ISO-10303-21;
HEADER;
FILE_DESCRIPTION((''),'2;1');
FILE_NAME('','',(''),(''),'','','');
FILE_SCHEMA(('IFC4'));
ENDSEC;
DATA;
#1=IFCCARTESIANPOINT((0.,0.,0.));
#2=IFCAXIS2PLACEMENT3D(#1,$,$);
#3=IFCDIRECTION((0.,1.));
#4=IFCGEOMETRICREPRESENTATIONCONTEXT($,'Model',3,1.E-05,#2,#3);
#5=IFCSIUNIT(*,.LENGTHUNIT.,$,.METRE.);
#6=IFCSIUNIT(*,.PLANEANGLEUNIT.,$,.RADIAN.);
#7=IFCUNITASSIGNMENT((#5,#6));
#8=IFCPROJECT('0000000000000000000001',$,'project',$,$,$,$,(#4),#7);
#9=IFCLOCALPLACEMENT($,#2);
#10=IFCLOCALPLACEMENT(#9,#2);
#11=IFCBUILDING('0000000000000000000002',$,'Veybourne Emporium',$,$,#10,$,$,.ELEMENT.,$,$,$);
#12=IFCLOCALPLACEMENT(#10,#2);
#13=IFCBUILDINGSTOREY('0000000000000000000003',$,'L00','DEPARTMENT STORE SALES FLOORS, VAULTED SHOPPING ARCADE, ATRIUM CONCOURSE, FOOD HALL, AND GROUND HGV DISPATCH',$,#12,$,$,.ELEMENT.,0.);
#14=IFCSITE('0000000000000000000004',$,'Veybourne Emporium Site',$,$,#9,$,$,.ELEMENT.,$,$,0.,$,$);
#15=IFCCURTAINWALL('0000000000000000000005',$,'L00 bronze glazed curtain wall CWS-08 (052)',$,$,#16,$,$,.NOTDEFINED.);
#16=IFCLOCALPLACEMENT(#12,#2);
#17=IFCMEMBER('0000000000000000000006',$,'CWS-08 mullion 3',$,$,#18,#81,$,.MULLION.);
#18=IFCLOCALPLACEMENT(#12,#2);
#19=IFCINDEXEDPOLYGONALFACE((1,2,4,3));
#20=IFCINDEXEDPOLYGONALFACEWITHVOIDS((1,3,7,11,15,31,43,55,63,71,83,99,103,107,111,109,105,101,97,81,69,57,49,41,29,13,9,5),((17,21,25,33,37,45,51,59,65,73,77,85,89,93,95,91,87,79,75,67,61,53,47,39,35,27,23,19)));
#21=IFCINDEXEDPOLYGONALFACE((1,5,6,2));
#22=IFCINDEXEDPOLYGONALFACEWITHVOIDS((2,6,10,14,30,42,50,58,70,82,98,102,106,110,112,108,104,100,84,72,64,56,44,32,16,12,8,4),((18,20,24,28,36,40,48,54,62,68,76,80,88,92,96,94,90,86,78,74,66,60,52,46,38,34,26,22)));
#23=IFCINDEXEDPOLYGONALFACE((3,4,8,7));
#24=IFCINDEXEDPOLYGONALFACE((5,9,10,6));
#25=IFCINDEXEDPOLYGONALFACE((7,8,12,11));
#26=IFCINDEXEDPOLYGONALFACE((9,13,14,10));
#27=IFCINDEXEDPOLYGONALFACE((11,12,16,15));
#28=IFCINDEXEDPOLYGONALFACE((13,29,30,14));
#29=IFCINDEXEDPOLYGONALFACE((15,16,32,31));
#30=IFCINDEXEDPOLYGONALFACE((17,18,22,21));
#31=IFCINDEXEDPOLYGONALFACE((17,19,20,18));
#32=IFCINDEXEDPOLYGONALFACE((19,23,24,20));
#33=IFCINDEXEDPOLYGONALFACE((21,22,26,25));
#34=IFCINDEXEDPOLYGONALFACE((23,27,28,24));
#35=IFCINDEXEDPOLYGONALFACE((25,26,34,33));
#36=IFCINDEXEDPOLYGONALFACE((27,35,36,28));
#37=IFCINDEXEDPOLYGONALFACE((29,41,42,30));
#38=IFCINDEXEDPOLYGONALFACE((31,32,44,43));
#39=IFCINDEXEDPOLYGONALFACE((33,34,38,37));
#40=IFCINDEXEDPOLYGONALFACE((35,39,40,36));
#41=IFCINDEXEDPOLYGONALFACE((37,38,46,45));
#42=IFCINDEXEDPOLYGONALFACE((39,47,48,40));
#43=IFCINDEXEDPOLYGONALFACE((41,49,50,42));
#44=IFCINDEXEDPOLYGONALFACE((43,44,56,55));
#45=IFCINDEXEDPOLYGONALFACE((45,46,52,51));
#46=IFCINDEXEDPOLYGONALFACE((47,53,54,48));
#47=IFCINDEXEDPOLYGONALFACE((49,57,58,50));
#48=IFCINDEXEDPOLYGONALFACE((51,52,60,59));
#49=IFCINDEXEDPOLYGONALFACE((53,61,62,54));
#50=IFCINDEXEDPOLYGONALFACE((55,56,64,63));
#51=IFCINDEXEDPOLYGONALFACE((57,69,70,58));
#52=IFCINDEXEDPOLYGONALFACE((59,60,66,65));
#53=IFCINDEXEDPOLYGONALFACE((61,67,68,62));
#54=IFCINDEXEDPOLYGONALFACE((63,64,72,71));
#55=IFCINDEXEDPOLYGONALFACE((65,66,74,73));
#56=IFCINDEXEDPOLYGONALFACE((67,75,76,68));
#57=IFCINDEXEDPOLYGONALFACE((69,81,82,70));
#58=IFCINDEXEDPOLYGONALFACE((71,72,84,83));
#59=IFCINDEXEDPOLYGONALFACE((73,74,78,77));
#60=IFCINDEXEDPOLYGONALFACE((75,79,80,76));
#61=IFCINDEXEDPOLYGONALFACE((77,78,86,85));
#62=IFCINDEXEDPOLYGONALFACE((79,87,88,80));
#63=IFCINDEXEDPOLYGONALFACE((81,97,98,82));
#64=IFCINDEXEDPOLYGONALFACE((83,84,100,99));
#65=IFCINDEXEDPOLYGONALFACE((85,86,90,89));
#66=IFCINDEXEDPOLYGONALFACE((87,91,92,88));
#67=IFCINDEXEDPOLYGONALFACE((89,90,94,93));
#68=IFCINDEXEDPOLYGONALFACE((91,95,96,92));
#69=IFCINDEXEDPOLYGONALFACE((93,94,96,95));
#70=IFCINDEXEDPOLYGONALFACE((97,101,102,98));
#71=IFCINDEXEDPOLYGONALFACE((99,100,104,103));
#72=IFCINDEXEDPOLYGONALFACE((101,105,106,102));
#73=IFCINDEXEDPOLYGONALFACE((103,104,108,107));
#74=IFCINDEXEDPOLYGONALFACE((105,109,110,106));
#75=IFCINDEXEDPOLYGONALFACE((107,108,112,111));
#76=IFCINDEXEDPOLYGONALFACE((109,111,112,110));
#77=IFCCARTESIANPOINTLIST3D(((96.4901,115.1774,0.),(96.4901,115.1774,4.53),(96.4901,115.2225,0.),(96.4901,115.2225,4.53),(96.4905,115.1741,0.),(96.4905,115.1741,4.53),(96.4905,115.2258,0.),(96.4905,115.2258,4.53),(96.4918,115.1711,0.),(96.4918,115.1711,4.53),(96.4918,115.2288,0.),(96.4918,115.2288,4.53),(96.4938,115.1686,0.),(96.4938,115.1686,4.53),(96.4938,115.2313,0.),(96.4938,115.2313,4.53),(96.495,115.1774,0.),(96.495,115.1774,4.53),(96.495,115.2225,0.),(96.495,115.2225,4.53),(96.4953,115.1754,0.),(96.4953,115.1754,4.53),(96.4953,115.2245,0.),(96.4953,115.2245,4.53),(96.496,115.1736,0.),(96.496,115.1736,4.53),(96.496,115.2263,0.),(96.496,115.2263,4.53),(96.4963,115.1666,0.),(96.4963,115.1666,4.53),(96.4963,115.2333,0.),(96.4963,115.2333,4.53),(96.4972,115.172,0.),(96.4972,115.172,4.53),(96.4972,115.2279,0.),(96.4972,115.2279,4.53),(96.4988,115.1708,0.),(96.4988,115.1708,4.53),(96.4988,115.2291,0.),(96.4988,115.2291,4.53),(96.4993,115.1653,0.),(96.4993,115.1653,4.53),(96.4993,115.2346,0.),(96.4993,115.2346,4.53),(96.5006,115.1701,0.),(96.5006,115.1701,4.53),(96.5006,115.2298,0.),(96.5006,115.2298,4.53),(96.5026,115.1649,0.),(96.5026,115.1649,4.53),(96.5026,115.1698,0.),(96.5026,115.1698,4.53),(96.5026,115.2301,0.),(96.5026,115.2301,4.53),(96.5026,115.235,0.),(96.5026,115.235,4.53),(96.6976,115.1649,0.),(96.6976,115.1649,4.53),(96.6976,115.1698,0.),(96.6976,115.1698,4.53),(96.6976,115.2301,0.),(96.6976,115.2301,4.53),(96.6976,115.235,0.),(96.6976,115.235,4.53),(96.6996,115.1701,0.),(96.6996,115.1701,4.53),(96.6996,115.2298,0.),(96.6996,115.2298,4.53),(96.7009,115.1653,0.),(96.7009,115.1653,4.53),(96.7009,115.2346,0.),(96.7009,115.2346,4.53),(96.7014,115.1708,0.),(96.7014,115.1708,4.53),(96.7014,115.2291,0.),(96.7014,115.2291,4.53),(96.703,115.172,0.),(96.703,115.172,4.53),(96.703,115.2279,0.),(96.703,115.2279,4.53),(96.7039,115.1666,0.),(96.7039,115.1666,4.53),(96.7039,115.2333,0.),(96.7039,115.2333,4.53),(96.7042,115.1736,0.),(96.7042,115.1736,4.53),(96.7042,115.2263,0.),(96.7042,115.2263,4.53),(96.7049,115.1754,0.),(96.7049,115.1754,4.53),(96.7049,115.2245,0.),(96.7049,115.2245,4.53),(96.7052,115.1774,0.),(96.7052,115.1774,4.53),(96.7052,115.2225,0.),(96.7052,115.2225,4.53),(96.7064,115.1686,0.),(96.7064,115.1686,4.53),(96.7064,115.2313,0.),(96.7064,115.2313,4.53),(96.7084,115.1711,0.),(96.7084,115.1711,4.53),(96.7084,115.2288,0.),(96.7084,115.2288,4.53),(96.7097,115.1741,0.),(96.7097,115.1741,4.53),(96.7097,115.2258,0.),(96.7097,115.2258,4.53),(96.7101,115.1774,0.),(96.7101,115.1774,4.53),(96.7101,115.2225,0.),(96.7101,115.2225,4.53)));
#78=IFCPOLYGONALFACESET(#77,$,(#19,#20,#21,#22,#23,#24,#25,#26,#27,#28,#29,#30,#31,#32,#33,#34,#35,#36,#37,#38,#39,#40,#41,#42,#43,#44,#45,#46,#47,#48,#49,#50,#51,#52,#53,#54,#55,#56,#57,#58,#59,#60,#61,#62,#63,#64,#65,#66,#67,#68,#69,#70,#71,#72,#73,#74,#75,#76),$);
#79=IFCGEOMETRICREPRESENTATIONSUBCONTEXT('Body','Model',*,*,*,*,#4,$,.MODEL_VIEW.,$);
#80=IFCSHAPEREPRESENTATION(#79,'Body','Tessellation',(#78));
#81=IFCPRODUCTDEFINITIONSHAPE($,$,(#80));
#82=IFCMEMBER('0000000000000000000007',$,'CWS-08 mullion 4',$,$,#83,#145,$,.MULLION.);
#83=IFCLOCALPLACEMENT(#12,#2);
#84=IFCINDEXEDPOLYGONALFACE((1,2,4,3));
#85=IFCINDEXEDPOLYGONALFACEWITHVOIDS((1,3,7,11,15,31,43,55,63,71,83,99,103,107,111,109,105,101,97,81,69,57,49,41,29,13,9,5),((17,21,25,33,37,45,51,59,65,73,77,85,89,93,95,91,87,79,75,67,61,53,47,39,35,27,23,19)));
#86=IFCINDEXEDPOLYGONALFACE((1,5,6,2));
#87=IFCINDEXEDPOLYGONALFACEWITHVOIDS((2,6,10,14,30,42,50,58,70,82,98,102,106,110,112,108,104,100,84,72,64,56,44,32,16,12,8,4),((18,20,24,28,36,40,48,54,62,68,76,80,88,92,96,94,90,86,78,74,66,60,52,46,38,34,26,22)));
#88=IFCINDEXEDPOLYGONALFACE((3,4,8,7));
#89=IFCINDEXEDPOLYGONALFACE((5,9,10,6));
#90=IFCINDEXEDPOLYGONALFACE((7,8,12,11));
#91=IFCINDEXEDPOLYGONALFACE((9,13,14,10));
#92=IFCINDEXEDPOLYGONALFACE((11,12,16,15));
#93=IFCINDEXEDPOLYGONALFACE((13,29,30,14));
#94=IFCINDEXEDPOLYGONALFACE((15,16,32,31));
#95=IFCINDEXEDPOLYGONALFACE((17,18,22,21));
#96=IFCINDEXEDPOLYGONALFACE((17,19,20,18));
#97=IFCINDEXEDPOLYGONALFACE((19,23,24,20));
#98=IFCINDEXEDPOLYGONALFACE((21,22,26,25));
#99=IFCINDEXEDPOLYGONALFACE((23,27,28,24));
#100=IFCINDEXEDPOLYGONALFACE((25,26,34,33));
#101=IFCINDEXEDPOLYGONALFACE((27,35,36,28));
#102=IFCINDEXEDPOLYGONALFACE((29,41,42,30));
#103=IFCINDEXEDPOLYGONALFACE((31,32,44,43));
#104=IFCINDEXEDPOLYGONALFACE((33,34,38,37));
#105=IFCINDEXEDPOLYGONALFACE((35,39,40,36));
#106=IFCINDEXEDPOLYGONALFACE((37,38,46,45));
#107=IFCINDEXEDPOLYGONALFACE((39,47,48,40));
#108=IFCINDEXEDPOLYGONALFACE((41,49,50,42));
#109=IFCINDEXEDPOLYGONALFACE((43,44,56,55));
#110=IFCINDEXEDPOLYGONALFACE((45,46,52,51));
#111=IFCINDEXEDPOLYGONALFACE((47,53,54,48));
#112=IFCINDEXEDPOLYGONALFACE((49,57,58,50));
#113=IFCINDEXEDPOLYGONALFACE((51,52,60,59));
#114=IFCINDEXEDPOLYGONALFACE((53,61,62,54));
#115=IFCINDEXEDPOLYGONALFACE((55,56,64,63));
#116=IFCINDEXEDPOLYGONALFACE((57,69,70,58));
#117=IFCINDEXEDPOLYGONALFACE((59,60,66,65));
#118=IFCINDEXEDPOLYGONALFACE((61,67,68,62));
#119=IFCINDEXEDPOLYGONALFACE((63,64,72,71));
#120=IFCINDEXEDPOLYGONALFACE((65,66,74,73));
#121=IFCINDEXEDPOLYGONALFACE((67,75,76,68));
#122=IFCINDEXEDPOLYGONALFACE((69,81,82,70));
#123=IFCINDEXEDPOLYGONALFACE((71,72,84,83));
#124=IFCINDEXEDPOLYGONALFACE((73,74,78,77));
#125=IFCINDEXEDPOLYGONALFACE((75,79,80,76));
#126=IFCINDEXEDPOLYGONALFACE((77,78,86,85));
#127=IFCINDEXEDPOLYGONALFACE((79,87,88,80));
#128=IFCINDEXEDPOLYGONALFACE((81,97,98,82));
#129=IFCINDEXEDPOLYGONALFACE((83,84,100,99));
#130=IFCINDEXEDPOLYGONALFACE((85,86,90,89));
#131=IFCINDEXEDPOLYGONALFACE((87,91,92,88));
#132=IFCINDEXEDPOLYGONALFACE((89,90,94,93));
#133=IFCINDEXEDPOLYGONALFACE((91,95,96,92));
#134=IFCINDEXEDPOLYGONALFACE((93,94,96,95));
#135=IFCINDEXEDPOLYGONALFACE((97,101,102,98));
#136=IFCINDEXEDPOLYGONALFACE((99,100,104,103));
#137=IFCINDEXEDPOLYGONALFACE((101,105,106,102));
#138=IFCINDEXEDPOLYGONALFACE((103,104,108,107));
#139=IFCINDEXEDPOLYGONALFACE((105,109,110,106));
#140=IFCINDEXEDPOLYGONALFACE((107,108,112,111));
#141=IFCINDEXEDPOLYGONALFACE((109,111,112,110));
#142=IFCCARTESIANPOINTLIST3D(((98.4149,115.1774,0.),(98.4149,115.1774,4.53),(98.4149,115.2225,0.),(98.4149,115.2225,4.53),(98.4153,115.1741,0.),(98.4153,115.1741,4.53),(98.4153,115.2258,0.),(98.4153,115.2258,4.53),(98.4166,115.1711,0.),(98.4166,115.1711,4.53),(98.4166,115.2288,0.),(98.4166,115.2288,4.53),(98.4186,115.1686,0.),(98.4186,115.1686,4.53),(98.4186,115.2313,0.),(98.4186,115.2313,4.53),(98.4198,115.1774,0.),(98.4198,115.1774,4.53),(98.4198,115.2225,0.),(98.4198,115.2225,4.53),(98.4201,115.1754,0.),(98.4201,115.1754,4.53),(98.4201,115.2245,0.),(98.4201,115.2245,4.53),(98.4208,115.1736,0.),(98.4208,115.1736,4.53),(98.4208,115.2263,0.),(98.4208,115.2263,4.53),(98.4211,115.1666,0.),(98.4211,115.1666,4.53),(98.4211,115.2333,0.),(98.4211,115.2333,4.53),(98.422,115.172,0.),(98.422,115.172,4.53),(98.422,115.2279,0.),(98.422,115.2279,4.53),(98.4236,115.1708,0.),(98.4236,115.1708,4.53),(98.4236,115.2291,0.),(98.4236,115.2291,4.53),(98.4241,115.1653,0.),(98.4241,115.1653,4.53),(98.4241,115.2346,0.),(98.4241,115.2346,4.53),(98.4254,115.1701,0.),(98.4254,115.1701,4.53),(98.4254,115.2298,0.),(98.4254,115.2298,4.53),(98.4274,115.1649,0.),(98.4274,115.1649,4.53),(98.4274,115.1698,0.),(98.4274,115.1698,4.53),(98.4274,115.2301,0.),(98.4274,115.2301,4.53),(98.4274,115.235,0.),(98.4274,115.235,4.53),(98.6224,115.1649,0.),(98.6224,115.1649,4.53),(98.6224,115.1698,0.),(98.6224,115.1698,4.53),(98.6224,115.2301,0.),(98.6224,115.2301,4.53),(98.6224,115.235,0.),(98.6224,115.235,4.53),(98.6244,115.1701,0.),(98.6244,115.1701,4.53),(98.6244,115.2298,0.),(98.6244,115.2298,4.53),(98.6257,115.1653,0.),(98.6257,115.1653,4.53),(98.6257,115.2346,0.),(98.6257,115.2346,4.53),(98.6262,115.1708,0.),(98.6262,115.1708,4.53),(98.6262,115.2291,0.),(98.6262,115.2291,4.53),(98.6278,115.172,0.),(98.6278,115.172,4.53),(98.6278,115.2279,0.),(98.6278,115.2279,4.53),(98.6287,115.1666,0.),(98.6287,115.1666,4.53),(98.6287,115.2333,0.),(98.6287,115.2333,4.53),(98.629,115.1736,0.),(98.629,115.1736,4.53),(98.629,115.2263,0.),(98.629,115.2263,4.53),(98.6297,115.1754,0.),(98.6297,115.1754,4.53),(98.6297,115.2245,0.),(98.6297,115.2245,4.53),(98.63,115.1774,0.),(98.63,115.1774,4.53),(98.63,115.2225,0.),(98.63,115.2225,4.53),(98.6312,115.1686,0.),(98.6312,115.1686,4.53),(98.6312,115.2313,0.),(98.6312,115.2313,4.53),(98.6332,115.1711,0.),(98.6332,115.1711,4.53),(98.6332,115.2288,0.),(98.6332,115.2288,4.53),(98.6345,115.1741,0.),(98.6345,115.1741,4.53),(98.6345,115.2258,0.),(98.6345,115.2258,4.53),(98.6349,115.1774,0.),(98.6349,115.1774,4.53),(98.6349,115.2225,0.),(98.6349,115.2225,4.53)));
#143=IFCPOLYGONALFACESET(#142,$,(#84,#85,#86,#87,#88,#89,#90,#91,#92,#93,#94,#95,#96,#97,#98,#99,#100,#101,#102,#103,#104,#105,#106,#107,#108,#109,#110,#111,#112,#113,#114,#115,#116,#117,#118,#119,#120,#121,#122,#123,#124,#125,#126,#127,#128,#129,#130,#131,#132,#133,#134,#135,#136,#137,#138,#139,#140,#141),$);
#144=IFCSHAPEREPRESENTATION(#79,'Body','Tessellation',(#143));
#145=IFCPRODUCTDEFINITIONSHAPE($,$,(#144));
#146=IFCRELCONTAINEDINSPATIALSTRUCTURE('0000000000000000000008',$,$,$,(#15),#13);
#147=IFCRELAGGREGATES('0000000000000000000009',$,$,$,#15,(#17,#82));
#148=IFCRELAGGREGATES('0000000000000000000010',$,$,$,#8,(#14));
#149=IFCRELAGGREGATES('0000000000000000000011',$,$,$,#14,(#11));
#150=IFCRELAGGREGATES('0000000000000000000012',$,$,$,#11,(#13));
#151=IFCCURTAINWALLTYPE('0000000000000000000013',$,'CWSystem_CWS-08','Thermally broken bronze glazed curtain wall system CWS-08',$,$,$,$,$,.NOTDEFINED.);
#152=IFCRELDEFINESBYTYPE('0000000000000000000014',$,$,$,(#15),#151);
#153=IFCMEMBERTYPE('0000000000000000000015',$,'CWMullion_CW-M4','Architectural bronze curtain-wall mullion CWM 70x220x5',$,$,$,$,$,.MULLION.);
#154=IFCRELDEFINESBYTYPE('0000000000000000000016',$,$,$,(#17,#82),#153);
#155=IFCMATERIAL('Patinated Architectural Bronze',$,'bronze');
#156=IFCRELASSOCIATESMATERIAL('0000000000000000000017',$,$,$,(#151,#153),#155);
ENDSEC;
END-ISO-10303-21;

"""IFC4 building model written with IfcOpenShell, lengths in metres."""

from ifc_helpers import new_model, si_unit, direction, frame, origin, origin_2d, place, context, subcontext, project, spatial, hollow_rectangle, extrude, material, material_profile, profile_set, type_object, element, aggregate, save


model = new_model("IFC4")

# Units and contexts
model_context = context("Model", 3, precision=1e-05, world=origin(), true_north=direction((0.0, 1.0)))
body_context = subcontext(model_context, "Body", "Model", "MODEL_VIEW")
ifc_project = project(units=[si_unit("LENGTHUNIT", "METRE"), si_unit("PLANEANGLEUNIT", "RADIAN")], contexts=[model_context])

# Site, building, storey
site_placement = place(None, origin())
site = spatial("IfcSite", under=ifc_project, at=site_placement, Name="Veybourne Emporium Site", CompositionType="ELEMENT", RefElevation=0.0)
building_placement = place(site_placement, origin())
building = spatial("IfcBuilding", under=site, at=building_placement, Name="Veybourne Emporium", CompositionType="ELEMENT")
storey_placement = place(building_placement, origin())
storey = spatial("IfcBuildingStorey", under=building, at=storey_placement, Name="L00", Description="DEPARTMENT STORE SALES FLOORS, VAULTED SHOPPING ARCADE, ATRIUM CONCOURSE, FOOD HALL, AND GROUND HGV DISPATCH", CompositionType="ELEMENT", Elevation=0.0)

# Curtain wall, members
ifc_material_1 = material(Name="Patinated Architectural Bronze", Category="bronze")
curtain_wall_type = type_object("IfcCurtainWallType", Name="CWSystem_CWS-08", Description="Thermally broken bronze glazed curtain wall system CWS-08", PredefinedType="NOTDEFINED", material=ifc_material_1)
curtain_wall_placement = place(storey_placement, origin())
curtain_wall = element("IfcCurtainWall", 1, at=curtain_wall_placement, inside=storey, type_object=curtain_wall_type, Name="L00 bronze glazed curtain wall CWS-08 (052)", PredefinedType="NOTDEFINED")
ifc_material_profile_1 = material_profile(ifc_material_1, hollow_rectangle(XDim=0.0701, YDim=0.22, WallThickness=0.0049, InnerFilletRadius=0.0076, OuterFilletRadius=0.0125, at=origin_2d()), Name="CWM 70x220x5")
ifc_profile_set_1 = profile_set([ifc_material_profile_1], Name="Patinated Architectural Bronze")
member_type_1 = type_object("IfcMemberType", Name="CWMullion_CW-M4", Description="Architectural bronze curtain-wall mullion CWM 70x220x5", PredefinedType="MULLION", material=ifc_profile_set_1)
member_1_placement = place(storey_placement, frame((96.6001, 115.2, 0.0), z_axis=(0.0, 0.0, 1.0), x_axis=(0.0, 1.0, 0.0)))
member_1 = element("IfcMember", 2, at=member_1_placement, type_object=member_type_1, Name="CWS-08 mullion 3", PredefinedType="MULLION", context=body_context, shape_type="SweptSolid", body=[
    extrude(hollow_rectangle(XDim=0.0701, YDim=0.22, WallThickness=0.0049, InnerFilletRadius=0.0076, OuterFilletRadius=0.0125, at=origin_2d()), origin(), (0.0, 0.0, 1.0), 4.53),
])
member_2_placement = place(storey_placement, frame((98.5249, 115.2, 0.0), z_axis=(0.0, 0.0, 1.0), x_axis=(0.0, 1.0, 0.0)))
member_2 = element("IfcMember", 3, at=member_2_placement, type_object=member_type_1, Name="CWS-08 mullion 4", PredefinedType="MULLION", context=body_context, shape_type="SweptSolid", body=[
    extrude(hollow_rectangle(XDim=0.0701, YDim=0.22, WallThickness=0.0049, InnerFilletRadius=0.0076, OuterFilletRadius=0.0125, at=origin_2d()), origin(), (0.0, 0.0, 1.0), 4.53),
])

aggregate(curtain_wall, [member_1, member_2])

save(model, "model.ifc")
